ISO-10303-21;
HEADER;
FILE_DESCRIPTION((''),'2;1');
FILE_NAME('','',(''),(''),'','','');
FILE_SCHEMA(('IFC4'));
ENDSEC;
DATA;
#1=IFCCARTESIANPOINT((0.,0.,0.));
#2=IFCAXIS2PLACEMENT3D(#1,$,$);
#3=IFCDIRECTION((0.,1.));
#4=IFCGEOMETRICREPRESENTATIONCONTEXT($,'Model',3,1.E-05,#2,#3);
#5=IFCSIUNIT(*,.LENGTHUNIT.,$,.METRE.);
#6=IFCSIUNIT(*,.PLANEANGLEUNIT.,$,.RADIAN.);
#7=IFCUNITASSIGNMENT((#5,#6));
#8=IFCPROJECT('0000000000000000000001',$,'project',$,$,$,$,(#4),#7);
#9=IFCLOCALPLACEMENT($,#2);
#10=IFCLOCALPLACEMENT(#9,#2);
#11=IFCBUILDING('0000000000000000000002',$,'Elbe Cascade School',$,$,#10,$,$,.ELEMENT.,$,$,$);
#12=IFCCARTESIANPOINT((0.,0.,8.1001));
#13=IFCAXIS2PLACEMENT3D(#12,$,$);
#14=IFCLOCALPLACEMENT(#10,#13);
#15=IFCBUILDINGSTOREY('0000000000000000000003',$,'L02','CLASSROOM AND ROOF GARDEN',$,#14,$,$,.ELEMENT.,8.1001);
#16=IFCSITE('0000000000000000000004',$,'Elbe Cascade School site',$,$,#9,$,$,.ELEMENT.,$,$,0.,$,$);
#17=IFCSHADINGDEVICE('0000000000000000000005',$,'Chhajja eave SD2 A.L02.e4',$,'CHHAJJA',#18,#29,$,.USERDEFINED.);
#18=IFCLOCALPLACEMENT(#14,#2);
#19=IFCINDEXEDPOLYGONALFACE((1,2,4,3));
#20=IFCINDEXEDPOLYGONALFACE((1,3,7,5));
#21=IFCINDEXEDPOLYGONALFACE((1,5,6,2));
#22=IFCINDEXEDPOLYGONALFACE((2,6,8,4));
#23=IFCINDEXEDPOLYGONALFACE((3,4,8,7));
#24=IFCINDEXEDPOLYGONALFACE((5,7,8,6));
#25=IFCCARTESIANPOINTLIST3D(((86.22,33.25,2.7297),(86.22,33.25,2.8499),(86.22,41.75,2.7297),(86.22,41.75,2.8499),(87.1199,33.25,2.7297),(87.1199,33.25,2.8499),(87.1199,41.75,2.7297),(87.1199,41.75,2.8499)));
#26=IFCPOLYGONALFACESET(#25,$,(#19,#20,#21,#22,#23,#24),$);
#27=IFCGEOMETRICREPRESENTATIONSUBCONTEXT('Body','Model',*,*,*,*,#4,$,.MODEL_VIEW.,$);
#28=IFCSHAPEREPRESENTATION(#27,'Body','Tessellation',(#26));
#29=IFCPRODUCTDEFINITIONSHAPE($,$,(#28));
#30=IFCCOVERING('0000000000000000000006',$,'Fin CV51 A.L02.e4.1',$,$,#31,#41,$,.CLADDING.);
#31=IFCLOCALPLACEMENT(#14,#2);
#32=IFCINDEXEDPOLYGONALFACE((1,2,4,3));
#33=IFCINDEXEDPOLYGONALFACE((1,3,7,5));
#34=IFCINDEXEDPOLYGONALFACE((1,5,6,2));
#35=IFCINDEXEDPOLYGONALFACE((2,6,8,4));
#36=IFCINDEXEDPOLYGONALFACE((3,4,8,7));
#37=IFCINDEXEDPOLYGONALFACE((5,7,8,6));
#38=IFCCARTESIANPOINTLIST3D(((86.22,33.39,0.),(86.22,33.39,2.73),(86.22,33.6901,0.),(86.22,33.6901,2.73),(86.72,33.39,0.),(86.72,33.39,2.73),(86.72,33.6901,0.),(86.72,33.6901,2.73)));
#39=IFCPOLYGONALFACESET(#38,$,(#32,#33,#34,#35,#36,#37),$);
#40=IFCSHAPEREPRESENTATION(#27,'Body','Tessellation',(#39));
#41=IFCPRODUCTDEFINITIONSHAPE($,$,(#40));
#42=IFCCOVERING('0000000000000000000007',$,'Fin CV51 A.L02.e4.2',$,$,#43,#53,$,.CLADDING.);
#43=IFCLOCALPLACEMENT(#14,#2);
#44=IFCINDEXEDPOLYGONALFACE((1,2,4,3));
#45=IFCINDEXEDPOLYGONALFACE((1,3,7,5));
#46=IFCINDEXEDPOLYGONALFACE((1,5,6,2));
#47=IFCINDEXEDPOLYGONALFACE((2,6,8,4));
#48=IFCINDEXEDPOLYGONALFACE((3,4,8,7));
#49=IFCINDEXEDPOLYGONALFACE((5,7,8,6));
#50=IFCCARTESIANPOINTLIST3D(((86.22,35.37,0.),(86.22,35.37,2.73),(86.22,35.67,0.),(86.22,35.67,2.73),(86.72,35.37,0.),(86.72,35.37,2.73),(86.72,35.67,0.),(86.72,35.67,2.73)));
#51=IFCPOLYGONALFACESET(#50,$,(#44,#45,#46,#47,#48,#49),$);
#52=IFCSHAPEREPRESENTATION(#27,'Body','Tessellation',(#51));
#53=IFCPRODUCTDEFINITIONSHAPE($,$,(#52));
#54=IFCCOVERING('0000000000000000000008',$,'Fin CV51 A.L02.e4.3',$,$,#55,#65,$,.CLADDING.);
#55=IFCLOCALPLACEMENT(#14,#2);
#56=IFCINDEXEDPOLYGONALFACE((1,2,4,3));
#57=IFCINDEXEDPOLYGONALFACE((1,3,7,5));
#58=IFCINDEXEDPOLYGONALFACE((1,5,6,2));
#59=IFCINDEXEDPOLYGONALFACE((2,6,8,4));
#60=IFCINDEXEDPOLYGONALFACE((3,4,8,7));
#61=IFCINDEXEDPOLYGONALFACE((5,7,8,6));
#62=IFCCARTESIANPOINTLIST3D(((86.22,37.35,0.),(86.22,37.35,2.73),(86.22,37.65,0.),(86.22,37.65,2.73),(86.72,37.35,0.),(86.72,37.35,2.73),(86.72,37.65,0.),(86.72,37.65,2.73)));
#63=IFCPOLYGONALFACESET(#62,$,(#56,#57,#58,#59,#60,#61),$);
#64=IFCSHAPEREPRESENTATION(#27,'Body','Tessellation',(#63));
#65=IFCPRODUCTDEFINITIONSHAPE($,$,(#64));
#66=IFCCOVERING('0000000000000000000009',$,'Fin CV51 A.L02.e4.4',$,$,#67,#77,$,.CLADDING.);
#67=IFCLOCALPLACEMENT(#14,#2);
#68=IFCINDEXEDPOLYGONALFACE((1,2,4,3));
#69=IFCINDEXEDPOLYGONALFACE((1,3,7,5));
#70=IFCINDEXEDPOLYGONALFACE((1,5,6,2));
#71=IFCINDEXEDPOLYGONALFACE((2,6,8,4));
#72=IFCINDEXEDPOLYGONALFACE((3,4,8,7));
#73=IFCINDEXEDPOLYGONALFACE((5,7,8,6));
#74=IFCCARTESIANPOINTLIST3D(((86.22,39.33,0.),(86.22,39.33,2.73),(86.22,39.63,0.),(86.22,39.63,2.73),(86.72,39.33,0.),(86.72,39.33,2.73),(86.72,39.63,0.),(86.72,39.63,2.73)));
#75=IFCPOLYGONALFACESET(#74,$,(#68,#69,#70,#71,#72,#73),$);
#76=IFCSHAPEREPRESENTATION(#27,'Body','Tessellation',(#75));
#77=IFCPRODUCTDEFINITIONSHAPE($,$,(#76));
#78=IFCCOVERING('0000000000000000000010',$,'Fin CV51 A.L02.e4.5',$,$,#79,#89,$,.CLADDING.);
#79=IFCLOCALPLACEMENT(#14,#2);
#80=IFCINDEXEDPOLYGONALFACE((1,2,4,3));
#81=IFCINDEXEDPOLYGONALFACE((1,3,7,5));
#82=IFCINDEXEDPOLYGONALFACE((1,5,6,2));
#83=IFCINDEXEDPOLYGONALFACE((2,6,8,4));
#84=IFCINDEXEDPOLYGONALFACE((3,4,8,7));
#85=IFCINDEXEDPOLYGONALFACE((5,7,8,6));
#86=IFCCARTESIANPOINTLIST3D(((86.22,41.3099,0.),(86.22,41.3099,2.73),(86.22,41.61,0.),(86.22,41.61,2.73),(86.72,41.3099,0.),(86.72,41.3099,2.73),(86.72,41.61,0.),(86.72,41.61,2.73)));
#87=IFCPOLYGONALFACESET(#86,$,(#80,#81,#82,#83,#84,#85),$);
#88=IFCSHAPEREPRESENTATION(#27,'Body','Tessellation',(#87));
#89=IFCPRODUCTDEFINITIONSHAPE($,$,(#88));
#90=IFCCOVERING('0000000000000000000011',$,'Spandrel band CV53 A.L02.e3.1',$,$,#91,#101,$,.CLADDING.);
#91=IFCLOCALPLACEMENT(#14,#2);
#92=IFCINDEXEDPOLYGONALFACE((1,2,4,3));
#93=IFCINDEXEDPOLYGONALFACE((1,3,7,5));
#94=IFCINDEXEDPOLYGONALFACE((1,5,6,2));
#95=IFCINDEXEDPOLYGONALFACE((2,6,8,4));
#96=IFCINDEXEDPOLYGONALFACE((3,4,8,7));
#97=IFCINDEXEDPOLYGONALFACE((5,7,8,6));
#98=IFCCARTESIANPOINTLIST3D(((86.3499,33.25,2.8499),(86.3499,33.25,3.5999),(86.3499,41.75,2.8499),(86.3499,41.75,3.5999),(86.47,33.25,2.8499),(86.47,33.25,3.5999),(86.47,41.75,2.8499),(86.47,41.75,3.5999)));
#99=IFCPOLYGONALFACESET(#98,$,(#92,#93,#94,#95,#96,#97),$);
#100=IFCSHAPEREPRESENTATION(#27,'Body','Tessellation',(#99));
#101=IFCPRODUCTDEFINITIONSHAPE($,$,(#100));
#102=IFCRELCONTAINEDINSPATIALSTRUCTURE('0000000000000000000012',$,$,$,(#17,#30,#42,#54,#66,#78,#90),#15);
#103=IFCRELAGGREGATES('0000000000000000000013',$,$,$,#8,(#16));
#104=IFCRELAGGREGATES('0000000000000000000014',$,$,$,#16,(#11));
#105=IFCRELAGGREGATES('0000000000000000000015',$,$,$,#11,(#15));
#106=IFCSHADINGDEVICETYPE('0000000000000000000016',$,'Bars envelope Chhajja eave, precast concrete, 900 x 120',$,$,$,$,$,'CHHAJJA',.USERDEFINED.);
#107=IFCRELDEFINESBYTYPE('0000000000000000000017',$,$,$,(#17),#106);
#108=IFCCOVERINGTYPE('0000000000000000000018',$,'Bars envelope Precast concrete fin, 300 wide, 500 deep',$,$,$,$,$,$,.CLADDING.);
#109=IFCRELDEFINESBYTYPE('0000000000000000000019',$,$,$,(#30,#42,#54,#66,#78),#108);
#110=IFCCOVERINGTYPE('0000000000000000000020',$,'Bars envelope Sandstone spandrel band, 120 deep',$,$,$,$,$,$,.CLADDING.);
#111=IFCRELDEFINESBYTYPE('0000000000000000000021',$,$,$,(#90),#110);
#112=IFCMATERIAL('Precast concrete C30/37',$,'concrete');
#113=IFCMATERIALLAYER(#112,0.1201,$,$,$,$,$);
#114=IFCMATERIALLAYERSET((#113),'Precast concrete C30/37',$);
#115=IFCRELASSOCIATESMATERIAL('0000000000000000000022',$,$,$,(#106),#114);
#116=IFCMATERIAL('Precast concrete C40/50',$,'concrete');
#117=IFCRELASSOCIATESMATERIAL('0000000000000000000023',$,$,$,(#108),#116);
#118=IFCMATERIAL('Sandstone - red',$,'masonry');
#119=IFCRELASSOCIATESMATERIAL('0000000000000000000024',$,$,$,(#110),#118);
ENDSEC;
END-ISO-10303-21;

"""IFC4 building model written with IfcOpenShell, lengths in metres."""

from ifc_helpers import new_model, si_unit, direction, frame, origin, origin_2d, place, context, subcontext, project, spatial, rectangle, extrude, material, layer, layer_set, type_object, element, save


model = new_model("IFC4")

# Units and contexts
model_context = context("Model", 3, precision=1e-05, world=origin(), true_north=direction((0.0, 1.0)))
body_context = subcontext(model_context, "Body", "Model", "MODEL_VIEW")
ifc_project = project(units=[si_unit("LENGTHUNIT", "METRE"), si_unit("PLANEANGLEUNIT", "RADIAN")], contexts=[model_context])

# Site, building, storey
site_placement = place(None, origin())
site = spatial("IfcSite", under=ifc_project, at=site_placement, Name="Elbe Cascade School site", CompositionType="ELEMENT", RefElevation=0.0)
building_placement = place(site_placement, origin())
building = spatial("IfcBuilding", under=site, at=building_placement, Name="Elbe Cascade School", CompositionType="ELEMENT")
storey_placement = place(building_placement, frame((0.0, 0.0, 8.1001)))
storey = spatial("IfcBuildingStorey", under=building, at=storey_placement, Name="L02", Description="CLASSROOM AND ROOF GARDEN", CompositionType="ELEMENT", Elevation=8.1001)

# Shading device
ifc_material_1 = material(Name="Precast concrete C30/37", Category="concrete")
ifc_layer_1 = layer(ifc_material_1, 0.1201)
ifc_layer_set_1 = layer_set([ifc_layer_1], Name="Precast concrete C30/37")
shading_device_type = type_object("IfcShadingDeviceType", Name="Bars envelope Chhajja eave, precast concrete, 900 x 120", ElementType="CHHAJJA", PredefinedType="USERDEFINED", material=ifc_layer_set_1)
shading_device_placement = place(storey_placement, frame((86.6699, 37.5, 2.7297), z_axis=(0.0, 0.0, 1.0), x_axis=(0.0, 1.0, 0.0)))
element("IfcShadingDevice", 1, at=shading_device_placement, inside=storey, type_object=shading_device_type, Name="Chhajja eave SD2 A.L02.e4", ObjectType="CHHAJJA", PredefinedType="USERDEFINED", context=body_context, shape_type="SweptSolid", body=[
    extrude(rectangle(XDim=8.5, YDim=0.8999, at=origin_2d()), origin(), (0.0, 0.0, 1.0), 0.1201),
])

# Coverings
ifc_material_2 = material(Name="Precast concrete C40/50", Category="concrete")
covering_type_1 = type_object("IfcCoveringType", Name="Bars envelope Precast concrete fin, 300 wide, 500 deep", PredefinedType="CLADDING", material=ifc_material_2)
for number, where, z_axis, x_axis, name in (
    (2, (86.47, 33.54, 0.0), (0.0, 0.0, 1.0), (0.0, 1.0, 0.0), "Fin CV51 A.L02.e4.1"),
    (3, (86.47, 35.52, 0.0), (0.0, 0.0, 1.0), (0.0, 1.0, 0.0), "Fin CV51 A.L02.e4.2"),
    (4, (86.47, 37.5, 0.0), (0.0, 0.0, 1.0), (0.0, 1.0, 0.0), "Fin CV51 A.L02.e4.3"),
    (5, (86.47, 39.48, 0.0), (0.0, 0.0, 1.0), (0.0, 1.0, 0.0), "Fin CV51 A.L02.e4.4"),
    (6, (86.47, 41.46, 0.0), (0.0, 0.0, 1.0), (0.0, 1.0, 0.0), "Fin CV51 A.L02.e4.5"),
):
    element("IfcCovering", number, at=place(storey_placement, frame(where, z_axis=z_axis, x_axis=x_axis)), inside=storey, type_object=covering_type_1, Name=name, PredefinedType="CLADDING", context=body_context, shape_type="SweptSolid", body=[
        extrude(rectangle(XDim=0.3, YDim=0.5, at=origin_2d()), origin(), (0.0, 0.0, 1.0), 2.73),
    ])
ifc_material_3 = material(Name="Sandstone - red", Category="masonry")
covering_type_2 = type_object("IfcCoveringType", Name="Bars envelope Sandstone spandrel band, 120 deep", PredefinedType="CLADDING", material=ifc_material_3)
covering_placement = place(storey_placement, frame((86.4099, 37.5, 2.8499), z_axis=(0.0, 0.0, 1.0), x_axis=(0.0, 1.0, 0.0)))
element("IfcCovering", 7, at=covering_placement, inside=storey, type_object=covering_type_2, Name="Spandrel band CV53 A.L02.e3.1", PredefinedType="CLADDING", context=body_context, shape_type="SweptSolid", body=[
    extrude(rectangle(XDim=8.5, YDim=0.1201, at=origin_2d()), origin(), (0.0, 0.0, 1.0), 0.75),
])

save(model, "model.ifc")
